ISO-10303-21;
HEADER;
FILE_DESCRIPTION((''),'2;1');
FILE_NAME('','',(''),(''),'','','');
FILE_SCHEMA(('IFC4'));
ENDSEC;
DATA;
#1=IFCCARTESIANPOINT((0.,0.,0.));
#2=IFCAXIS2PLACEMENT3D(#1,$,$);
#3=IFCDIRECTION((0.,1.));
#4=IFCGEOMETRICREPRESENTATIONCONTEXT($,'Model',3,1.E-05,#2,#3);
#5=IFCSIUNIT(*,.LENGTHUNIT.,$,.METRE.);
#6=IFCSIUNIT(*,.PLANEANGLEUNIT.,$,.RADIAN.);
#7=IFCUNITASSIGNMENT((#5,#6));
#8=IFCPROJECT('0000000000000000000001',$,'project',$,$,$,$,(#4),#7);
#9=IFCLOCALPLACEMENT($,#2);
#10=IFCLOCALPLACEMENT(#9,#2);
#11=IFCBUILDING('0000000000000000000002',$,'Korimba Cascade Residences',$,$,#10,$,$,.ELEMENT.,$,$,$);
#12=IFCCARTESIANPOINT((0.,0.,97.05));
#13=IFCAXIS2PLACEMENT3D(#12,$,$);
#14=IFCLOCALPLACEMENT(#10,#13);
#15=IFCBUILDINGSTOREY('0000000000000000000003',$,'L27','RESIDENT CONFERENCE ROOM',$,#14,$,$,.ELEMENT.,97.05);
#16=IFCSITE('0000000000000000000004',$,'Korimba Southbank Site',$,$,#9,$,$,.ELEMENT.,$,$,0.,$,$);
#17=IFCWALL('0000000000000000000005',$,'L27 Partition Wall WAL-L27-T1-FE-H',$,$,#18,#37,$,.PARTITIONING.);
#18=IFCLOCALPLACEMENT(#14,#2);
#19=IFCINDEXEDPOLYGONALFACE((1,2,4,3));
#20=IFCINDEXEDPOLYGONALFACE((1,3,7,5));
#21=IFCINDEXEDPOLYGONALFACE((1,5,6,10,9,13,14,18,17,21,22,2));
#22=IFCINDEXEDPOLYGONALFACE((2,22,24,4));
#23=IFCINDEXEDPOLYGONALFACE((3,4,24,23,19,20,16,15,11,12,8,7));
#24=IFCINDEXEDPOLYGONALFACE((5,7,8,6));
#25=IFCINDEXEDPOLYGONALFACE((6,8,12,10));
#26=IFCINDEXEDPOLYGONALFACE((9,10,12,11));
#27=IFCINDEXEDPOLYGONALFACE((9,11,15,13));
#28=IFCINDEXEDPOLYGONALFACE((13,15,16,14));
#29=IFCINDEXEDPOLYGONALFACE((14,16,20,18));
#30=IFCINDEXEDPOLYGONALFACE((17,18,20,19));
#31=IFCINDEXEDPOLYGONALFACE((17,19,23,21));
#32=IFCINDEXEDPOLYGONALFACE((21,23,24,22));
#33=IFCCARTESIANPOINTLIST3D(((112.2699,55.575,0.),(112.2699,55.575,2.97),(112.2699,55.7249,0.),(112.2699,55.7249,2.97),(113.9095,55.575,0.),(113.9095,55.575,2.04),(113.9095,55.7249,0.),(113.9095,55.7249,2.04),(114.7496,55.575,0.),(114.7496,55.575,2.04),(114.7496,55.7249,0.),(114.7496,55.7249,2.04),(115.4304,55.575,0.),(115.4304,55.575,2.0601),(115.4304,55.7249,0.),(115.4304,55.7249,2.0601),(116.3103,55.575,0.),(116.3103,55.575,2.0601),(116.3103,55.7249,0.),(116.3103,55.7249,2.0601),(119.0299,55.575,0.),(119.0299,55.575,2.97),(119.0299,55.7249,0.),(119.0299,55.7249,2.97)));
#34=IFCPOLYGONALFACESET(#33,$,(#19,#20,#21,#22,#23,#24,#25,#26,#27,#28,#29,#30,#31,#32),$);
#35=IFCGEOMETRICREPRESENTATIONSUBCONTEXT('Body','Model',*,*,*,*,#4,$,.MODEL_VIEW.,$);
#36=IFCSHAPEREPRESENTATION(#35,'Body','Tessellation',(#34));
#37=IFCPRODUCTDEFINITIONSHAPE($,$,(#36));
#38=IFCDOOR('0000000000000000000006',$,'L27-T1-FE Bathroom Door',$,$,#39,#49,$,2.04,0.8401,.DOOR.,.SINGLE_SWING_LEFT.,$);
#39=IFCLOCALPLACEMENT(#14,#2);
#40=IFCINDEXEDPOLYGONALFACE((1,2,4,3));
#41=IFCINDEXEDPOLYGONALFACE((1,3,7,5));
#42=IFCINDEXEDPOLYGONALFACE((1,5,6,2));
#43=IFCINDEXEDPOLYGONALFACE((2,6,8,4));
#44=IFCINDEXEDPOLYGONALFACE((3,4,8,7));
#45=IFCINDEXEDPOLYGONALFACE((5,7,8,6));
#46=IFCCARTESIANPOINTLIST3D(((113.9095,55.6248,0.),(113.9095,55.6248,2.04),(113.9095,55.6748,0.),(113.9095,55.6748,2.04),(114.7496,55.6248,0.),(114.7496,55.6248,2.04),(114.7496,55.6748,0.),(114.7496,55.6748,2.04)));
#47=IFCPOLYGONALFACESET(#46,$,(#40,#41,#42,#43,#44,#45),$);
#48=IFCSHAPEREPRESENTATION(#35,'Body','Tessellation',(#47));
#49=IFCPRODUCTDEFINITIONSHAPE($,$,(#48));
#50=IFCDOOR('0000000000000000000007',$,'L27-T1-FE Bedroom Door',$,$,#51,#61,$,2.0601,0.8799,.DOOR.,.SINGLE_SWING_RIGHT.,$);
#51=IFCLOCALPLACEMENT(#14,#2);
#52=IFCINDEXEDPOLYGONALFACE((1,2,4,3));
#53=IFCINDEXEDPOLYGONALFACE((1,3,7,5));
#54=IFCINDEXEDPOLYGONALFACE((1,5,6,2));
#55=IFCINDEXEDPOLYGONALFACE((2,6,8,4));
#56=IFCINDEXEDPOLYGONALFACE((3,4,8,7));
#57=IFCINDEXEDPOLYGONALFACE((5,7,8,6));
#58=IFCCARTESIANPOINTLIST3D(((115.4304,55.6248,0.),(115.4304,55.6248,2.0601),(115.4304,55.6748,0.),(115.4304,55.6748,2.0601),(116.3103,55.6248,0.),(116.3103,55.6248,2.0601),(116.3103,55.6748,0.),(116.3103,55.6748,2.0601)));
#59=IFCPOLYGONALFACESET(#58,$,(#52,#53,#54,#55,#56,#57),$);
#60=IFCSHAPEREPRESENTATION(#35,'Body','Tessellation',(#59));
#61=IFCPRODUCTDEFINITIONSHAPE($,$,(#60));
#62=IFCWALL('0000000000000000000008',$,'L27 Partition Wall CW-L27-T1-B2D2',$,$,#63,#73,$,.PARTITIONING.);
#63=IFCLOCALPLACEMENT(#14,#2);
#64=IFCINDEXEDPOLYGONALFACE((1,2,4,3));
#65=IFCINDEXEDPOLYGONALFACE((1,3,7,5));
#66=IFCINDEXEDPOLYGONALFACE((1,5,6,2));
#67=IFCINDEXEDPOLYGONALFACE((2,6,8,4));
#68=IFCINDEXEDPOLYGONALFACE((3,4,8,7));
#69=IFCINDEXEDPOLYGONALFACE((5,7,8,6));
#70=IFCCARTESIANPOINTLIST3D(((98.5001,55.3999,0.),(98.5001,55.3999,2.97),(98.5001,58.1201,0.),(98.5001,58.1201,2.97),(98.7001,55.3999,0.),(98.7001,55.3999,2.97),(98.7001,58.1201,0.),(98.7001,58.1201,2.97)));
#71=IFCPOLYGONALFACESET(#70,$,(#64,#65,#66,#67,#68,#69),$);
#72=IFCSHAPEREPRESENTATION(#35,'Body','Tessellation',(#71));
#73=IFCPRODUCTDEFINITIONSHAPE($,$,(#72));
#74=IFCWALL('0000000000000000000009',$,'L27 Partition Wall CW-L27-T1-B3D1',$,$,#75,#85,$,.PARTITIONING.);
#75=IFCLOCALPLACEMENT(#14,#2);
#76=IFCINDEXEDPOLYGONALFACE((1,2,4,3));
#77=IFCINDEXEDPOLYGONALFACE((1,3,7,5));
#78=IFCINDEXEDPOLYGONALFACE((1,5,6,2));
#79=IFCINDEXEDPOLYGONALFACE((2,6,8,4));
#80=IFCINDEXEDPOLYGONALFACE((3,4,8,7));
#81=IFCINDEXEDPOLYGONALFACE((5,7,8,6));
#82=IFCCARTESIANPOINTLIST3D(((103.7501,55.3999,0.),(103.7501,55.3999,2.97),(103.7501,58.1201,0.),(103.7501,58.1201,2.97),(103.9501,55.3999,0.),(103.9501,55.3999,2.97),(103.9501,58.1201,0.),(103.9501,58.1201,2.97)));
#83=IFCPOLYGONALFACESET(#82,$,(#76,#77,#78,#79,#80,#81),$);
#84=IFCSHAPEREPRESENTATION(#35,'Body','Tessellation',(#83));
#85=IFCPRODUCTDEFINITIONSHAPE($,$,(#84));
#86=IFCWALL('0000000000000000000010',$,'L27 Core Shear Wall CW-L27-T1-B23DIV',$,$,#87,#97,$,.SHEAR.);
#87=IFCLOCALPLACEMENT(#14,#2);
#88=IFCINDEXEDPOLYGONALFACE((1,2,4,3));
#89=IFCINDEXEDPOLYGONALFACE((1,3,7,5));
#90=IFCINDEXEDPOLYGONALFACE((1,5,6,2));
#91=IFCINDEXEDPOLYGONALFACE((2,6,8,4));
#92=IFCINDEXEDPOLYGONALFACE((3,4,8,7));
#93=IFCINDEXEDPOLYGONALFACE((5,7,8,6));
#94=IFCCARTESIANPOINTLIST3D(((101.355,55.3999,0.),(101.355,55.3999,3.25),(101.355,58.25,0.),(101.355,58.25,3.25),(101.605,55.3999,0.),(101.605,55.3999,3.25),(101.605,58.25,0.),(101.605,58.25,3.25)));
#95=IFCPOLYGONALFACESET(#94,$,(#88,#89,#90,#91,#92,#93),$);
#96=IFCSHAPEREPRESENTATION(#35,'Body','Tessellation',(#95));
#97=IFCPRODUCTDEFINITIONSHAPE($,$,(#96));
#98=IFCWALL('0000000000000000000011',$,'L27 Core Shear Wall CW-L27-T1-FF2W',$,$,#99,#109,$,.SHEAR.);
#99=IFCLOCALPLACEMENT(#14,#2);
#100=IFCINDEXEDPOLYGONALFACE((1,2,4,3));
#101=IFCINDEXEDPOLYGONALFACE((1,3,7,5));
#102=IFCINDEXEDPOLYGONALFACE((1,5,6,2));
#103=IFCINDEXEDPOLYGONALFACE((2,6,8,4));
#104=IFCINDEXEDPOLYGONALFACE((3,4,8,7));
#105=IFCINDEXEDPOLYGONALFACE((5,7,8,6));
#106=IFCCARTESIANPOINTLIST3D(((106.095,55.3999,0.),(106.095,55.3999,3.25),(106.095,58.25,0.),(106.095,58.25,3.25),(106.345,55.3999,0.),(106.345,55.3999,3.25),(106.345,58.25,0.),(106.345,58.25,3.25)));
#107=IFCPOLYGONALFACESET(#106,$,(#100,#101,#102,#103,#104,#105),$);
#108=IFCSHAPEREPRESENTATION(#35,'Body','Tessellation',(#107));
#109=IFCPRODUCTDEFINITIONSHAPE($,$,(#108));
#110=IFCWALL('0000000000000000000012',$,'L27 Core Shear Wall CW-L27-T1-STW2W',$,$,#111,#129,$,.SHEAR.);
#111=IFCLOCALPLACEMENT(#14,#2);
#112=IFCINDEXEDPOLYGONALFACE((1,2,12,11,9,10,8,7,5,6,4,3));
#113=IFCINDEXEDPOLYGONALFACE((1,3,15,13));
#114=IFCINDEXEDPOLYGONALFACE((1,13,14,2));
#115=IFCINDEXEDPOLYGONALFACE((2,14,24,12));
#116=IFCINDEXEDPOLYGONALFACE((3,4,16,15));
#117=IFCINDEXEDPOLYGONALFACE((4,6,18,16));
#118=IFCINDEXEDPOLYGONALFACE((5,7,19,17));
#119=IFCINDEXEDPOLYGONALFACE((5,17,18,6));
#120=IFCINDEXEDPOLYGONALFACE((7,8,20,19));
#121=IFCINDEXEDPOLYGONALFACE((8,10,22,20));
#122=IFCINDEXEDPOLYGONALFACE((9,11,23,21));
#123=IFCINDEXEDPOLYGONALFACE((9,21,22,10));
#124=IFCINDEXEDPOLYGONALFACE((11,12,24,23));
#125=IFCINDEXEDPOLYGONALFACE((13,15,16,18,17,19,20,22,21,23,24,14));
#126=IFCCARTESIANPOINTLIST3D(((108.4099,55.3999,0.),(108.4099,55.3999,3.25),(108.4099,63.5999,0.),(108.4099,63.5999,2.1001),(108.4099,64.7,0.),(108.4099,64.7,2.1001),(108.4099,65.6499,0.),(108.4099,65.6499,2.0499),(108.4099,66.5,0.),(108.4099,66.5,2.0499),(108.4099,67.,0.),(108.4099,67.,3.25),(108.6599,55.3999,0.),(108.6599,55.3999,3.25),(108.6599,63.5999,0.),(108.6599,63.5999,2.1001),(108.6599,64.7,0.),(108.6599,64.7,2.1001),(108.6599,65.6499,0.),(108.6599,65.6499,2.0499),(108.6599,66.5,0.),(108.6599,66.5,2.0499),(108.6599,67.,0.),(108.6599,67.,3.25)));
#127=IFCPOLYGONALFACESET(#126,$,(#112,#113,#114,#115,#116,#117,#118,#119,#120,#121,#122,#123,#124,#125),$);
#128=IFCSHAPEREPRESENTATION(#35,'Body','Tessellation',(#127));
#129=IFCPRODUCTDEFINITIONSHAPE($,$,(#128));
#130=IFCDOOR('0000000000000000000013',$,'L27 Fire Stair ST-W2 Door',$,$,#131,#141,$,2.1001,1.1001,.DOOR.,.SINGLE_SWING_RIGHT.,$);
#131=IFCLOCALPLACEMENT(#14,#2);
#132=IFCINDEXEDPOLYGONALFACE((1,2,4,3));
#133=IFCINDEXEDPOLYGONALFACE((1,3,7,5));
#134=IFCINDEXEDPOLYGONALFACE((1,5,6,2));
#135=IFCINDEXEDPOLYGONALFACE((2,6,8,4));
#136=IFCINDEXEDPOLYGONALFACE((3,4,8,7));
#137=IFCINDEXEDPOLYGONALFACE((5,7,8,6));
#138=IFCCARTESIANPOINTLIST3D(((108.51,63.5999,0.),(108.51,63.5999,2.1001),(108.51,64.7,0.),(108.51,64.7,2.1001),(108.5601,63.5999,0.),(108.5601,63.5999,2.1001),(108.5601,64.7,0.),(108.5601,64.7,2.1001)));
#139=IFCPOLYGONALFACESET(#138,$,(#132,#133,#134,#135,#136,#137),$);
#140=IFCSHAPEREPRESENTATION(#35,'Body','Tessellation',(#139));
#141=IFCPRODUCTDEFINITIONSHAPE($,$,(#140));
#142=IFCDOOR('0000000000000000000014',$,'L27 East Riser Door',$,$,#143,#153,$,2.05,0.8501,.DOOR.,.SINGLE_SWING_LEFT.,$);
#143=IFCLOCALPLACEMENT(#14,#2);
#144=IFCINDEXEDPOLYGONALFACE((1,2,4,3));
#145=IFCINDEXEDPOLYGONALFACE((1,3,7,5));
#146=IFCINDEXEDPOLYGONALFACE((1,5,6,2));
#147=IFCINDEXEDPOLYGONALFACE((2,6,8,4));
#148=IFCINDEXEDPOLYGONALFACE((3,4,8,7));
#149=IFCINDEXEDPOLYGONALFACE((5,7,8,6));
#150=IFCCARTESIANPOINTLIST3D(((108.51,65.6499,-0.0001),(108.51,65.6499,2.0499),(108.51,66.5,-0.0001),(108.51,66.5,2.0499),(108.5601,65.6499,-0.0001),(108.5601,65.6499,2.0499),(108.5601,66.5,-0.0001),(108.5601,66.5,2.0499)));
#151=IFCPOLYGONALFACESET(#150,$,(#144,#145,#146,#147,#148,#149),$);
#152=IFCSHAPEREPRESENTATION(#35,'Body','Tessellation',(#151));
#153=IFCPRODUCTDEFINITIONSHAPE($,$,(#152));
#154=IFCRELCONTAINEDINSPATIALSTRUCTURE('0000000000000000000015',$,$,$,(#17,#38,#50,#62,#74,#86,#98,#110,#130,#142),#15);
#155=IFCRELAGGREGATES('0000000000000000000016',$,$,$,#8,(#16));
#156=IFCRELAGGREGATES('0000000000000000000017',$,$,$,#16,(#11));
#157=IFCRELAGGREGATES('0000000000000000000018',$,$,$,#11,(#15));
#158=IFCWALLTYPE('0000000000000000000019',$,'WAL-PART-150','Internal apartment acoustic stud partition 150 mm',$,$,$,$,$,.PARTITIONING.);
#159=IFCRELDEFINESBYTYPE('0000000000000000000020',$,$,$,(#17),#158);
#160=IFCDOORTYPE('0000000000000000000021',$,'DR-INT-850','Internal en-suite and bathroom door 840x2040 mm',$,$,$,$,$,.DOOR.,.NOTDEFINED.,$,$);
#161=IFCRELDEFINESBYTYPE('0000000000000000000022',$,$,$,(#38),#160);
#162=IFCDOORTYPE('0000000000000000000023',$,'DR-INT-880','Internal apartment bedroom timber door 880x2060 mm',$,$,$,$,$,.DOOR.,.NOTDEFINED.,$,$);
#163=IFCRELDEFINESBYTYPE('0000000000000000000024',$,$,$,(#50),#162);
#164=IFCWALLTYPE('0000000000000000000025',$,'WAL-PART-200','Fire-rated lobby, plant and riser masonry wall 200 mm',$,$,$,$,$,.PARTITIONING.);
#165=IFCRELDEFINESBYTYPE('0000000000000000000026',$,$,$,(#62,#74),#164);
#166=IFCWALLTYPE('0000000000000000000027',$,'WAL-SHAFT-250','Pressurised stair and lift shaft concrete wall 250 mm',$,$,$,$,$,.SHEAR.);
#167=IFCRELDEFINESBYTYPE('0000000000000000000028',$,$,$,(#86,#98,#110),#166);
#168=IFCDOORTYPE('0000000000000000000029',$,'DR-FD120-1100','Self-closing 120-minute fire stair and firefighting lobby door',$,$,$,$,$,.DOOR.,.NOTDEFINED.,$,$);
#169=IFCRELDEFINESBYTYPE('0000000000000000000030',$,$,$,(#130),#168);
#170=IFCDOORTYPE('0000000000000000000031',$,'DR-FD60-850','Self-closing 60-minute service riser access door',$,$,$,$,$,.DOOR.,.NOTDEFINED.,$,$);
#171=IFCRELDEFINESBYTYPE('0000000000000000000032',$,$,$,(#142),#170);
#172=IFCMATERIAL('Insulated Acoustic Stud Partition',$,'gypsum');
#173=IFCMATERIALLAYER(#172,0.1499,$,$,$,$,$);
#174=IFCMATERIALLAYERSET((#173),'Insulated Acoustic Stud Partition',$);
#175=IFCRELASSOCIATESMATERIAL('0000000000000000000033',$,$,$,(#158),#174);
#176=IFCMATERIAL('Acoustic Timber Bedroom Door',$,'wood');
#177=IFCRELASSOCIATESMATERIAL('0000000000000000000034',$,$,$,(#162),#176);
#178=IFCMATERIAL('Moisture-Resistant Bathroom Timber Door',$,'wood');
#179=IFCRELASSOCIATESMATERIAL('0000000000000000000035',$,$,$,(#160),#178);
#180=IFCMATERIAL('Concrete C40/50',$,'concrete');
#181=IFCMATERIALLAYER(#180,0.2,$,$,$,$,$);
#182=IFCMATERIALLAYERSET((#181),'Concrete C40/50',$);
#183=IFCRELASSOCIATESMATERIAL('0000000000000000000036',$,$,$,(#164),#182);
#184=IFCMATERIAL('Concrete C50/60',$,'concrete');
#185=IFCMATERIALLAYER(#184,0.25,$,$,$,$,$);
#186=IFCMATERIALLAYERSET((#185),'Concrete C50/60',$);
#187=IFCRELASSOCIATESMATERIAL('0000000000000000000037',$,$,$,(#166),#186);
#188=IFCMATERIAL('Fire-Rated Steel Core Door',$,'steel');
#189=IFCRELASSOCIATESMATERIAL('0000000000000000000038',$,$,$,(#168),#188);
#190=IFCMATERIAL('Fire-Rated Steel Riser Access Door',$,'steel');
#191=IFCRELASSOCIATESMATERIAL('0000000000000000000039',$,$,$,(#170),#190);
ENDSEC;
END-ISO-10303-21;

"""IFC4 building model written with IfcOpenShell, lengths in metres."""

from ifc_helpers import new_model, si_unit, direction, frame, frame_2d, origin, place, context, subcontext, project, spatial, rectangle, extrude, material, layer, layer_set, type_object, element, fill, save


model = new_model("IFC4")

# Units and contexts
model_context = context("Model", 3, precision=1e-05, world=origin(), true_north=direction((0.0, 1.0)))
body_context = subcontext(model_context, "Body", "Model", "MODEL_VIEW")
ifc_project = project(units=[si_unit("LENGTHUNIT", "METRE"), si_unit("PLANEANGLEUNIT", "RADIAN")], contexts=[model_context])

# Site, building, storey
site_placement = place(None, origin())
site = spatial("IfcSite", under=ifc_project, at=site_placement, Name="Korimba Southbank Site", CompositionType="ELEMENT", RefElevation=0.0)
building_placement = place(site_placement, origin())
building = spatial("IfcBuilding", under=site, at=building_placement, Name="Korimba Cascade Residences", CompositionType="ELEMENT")
storey_placement = place(building_placement, frame((0.0, 0.0, 97.05)))
storey = spatial("IfcBuildingStorey", under=building, at=storey_placement, Name="L27", Description="RESIDENT CONFERENCE ROOM", CompositionType="ELEMENT", Elevation=97.05)

# Shared definitions
ifc_material_1 = material(Name="Insulated Acoustic Stud Partition", Category="gypsum")
ifc_layer_1 = layer(ifc_material_1, 0.1499)
ifc_layer_set_1 = layer_set([ifc_layer_1], Name="Insulated Acoustic Stud Partition")
wall_type_1 = type_object("IfcWallType", Name="WAL-PART-150", Description="Internal apartment acoustic stud partition 150 mm", PredefinedType="PARTITIONING", material=ifc_layer_set_1)
ifc_material_2 = material(Name="Acoustic Timber Bedroom Door", Category="wood")
door_type_1 = type_object("IfcDoorType", Name="DR-INT-880", Description="Internal apartment bedroom timber door 880x2060 mm", OperationType="NOTDEFINED", PredefinedType="DOOR", material=ifc_material_2)

# Wall, openings, doors
wall_1_placement = place(storey_placement, frame((112.27, 55.6499, 0.0), z_axis=(0.0, 0.0, 1.0), x_axis=(1.0, 0.0, 0.0)))
wall_1 = element("IfcWall", 1, at=wall_1_placement, inside=storey, type_object=wall_type_1, Name="L27 Partition Wall WAL-L27-T1-FE-H", PredefinedType="PARTITIONING", context=body_context, shape_type="SweptSolid", body=[
    extrude(rectangle(XDim=6.76, YDim=0.1499, at=frame_2d((3.3799, 0.0))), origin(), (0.0, 0.0, 1.0), 2.97),
])
opening_1_placement = place(wall_1_placement, frame((1.6396, 0.0, 0.0)))
opening_1 = element("IfcOpeningElement", 2, at=opening_1_placement, cuts=wall_1, PredefinedType="OPENING", context=body_context, shape_type="SweptSolid", body=[
    extrude(rectangle(XDim=0.8401, YDim=2.04, at=frame_2d((0.4199, 1.02))), frame((0.0, 0.085, 0.0), z_axis=(0.0, -1.0, 0.0), x_axis=(1.0, 0.0, 0.0)), (0.0, 0.0, 1.0), 0.1699),
])
opening_2_placement = place(wall_1_placement, frame((3.1604, 0.0, 0.0)))
opening_2 = element("IfcOpeningElement", 3, at=opening_2_placement, cuts=wall_1, PredefinedType="OPENING", context=body_context, shape_type="SweptSolid", body=[
    extrude(rectangle(XDim=0.8799, YDim=2.0601, at=frame_2d((0.4399, 1.03))), frame((0.0, 0.085, 0.0), z_axis=(0.0, -1.0, 0.0), x_axis=(1.0, 0.0, 0.0)), (0.0, 0.0, 1.0), 0.1699),
])
ifc_material_3 = material(Name="Moisture-Resistant Bathroom Timber Door", Category="wood")
door_type_2 = type_object("IfcDoorType", Name="DR-INT-850", Description="Internal en-suite and bathroom door 840x2040 mm", OperationType="NOTDEFINED", PredefinedType="DOOR", material=ifc_material_3)
door_1_placement = place(opening_1_placement, origin())
door_1 = element("IfcDoor", 4, at=door_1_placement, inside=storey, type_object=door_type_2, Name="L27-T1-FE Bathroom Door", OperationType="SINGLE_SWING_LEFT", OverallHeight=2.04, OverallWidth=0.8401, PredefinedType="DOOR", context=body_context, shape_type="SweptSolid", body=[
    extrude(rectangle(XDim=0.8401, YDim=2.04, at=frame_2d((0.4199, 1.02))), frame((0.0, 0.0249, 0.0), z_axis=(0.0, -1.0, 0.0), x_axis=(1.0, 0.0, 0.0)), (0.0, 0.0, 1.0), 0.05),
])
fill(opening_1, door_1)
door_2_placement = place(opening_2_placement, origin())
door_2 = element("IfcDoor", 5, at=door_2_placement, inside=storey, type_object=door_type_1, Name="L27-T1-FE Bedroom Door", OperationType="SINGLE_SWING_RIGHT", OverallHeight=2.0601, OverallWidth=0.8799, PredefinedType="DOOR", context=body_context, shape_type="SweptSolid", body=[
    extrude(rectangle(XDim=0.8799, YDim=2.0601, at=frame_2d((0.4399, 1.03))), frame((0.0, 0.0249, 0.0), z_axis=(0.0, -1.0, 0.0), x_axis=(1.0, 0.0, 0.0)), (0.0, 0.0, 1.0), 0.05),
])
fill(opening_2, door_2)

# Walls
ifc_material_4 = material(Name="Concrete C40/50", Category="concrete")
ifc_layer_2 = layer(ifc_material_4, 0.2)
ifc_layer_set_2 = layer_set([ifc_layer_2], Name="Concrete C40/50")
wall_type_2 = type_object("IfcWallType", Name="WAL-PART-200", Description="Fire-rated lobby, plant and riser masonry wall 200 mm", PredefinedType="PARTITIONING", material=ifc_layer_set_2)
for number, where, z_axis, x_axis, name in (
    (6, (98.6001, 55.3999, 0.0), (0.0, 0.0, 1.0), (0.0, 1.0, 0.0), "L27 Partition Wall CW-L27-T1-B2D2"),
    (7, (103.8501, 55.3999, 0.0), (0.0, 0.0, 1.0), (0.0, 1.0, 0.0), "L27 Partition Wall CW-L27-T1-B3D1"),
):
    element("IfcWall", number, at=place(storey_placement, frame(where, z_axis=z_axis, x_axis=x_axis)), inside=storey, type_object=wall_type_2, Name=name, PredefinedType="PARTITIONING", context=body_context, shape_type="SweptSolid", body=[
        extrude(rectangle(XDim=2.7202, YDim=0.2, at=frame_2d((1.3601, 0.0))), origin(), (0.0, 0.0, 1.0), 2.97),
    ])
ifc_material_5 = material(Name="Concrete C50/60", Category="concrete")
ifc_layer_3 = layer(ifc_material_5, 0.25)
ifc_layer_set_3 = layer_set([ifc_layer_3], Name="Concrete C50/60")
wall_type_3 = type_object("IfcWallType", Name="WAL-SHAFT-250", Description="Pressurised stair and lift shaft concrete wall 250 mm", PredefinedType="SHEAR", material=ifc_layer_set_3)
for number, where, z_axis, x_axis, name in (
    (8, (101.48, 55.3999, 0.0), (0.0, 0.0, 1.0), (0.0, 1.0, 0.0), "L27 Core Shear Wall CW-L27-T1-B23DIV"),
    (9, (106.22, 55.3999, 0.0), (0.0, 0.0, 1.0), (0.0, 1.0, 0.0), "L27 Core Shear Wall CW-L27-T1-FF2W"),
):
    element("IfcWall", number, at=place(storey_placement, frame(where, z_axis=z_axis, x_axis=x_axis)), inside=storey, type_object=wall_type_3, Name=name, PredefinedType="SHEAR", context=body_context, shape_type="SweptSolid", body=[
        extrude(rectangle(XDim=2.8501, YDim=0.25, at=frame_2d((1.425, 0.0))), origin(), (0.0, 0.0, 1.0), 3.25),
    ])

# Wall, openings, doors
wall_2_placement = place(storey_placement, frame((108.5349, 55.3999, 0.0), z_axis=(0.0, 0.0, 1.0), x_axis=(0.0, 1.0, 0.0)))
wall_2 = element("IfcWall", 10, at=wall_2_placement, inside=storey, type_object=wall_type_3, Name="L27 Core Shear Wall CW-L27-T1-STW2W", PredefinedType="SHEAR", context=body_context, shape_type="SweptSolid", body=[
    extrude(rectangle(XDim=11.6001, YDim=0.25, at=frame_2d((5.8, 0.0))), origin(), (0.0, 0.0, 1.0), 3.25),
])
opening_3_placement = place(wall_2_placement, frame((8.2, 0.0, 0.0)))
opening_3 = element("IfcOpeningElement", 11, at=opening_3_placement, cuts=wall_2, PredefinedType="OPENING", context=body_context, shape_type="SweptSolid", body=[
    extrude(rectangle(XDim=1.1001, YDim=2.1001, at=frame_2d((0.55, 1.05))), frame((0.0, 0.135, 0.0), z_axis=(0.0, -1.0, 0.0), x_axis=(1.0, 0.0, 0.0)), (0.0, 0.0, 1.0), 0.27),
])
opening_4_placement = place(wall_2_placement, frame((10.25, 0.0, 0.0)))
opening_4 = element("IfcOpeningElement", 12, at=opening_4_placement, cuts=wall_2, PredefinedType="OPENING", context=body_context, shape_type="SweptSolid", body=[
    extrude(rectangle(XDim=0.8501, YDim=2.05, at=frame_2d((0.425, 1.0249))), frame((0.0, 0.135, 0.0), z_axis=(0.0, -1.0, 0.0), x_axis=(1.0, 0.0, 0.0)), (0.0, 0.0, 1.0), 0.27),
])
ifc_material_6 = material(Name="Fire-Rated Steel Core Door", Category="steel")
door_type_3 = type_object("IfcDoorType", Name="DR-FD120-1100", Description="Self-closing 120-minute fire stair and firefighting lobby door", OperationType="NOTDEFINED", PredefinedType="DOOR", material=ifc_material_6)
door_3_placement = place(opening_3_placement, origin())
door_3 = element("IfcDoor", 13, at=door_3_placement, inside=storey, type_object=door_type_3, Name="L27 Fire Stair ST-W2 Door", OperationType="SINGLE_SWING_RIGHT", OverallHeight=2.1001, OverallWidth=1.1001, PredefinedType="DOOR", context=body_context, shape_type="SweptSolid", body=[
    extrude(rectangle(XDim=1.1001, YDim=2.1001, at=frame_2d((0.55, 1.05))), frame((0.0, 0.0249, 0.0), z_axis=(0.0, -1.0, 0.0), x_axis=(1.0, 0.0, 0.0)), (0.0, 0.0, 1.0), 0.05),
])
fill(opening_3, door_3)
ifc_material_7 = material(Name="Fire-Rated Steel Riser Access Door", Category="steel")
door_type_4 = type_object("IfcDoorType", Name="DR-FD60-850", Description="Self-closing 60-minute service riser access door", OperationType="NOTDEFINED", PredefinedType="DOOR", material=ifc_material_7)
door_4_placement = place(opening_4_placement, origin())
door_4 = element("IfcDoor", 14, at=door_4_placement, inside=storey, type_object=door_type_4, Name="L27 East Riser Door", OperationType="SINGLE_SWING_LEFT", OverallHeight=2.05, OverallWidth=0.8501, PredefinedType="DOOR", context=body_context, shape_type="SweptSolid", body=[
    extrude(rectangle(XDim=0.8501, YDim=2.05, at=frame_2d((0.425, 1.0249))), frame((0.0, 0.0249, 0.0), z_axis=(0.0, -1.0, 0.0), x_axis=(1.0, 0.0, 0.0)), (0.0, 0.0, 1.0), 0.05),
])
fill(opening_4, door_4)

save(model, "model.ifc")
